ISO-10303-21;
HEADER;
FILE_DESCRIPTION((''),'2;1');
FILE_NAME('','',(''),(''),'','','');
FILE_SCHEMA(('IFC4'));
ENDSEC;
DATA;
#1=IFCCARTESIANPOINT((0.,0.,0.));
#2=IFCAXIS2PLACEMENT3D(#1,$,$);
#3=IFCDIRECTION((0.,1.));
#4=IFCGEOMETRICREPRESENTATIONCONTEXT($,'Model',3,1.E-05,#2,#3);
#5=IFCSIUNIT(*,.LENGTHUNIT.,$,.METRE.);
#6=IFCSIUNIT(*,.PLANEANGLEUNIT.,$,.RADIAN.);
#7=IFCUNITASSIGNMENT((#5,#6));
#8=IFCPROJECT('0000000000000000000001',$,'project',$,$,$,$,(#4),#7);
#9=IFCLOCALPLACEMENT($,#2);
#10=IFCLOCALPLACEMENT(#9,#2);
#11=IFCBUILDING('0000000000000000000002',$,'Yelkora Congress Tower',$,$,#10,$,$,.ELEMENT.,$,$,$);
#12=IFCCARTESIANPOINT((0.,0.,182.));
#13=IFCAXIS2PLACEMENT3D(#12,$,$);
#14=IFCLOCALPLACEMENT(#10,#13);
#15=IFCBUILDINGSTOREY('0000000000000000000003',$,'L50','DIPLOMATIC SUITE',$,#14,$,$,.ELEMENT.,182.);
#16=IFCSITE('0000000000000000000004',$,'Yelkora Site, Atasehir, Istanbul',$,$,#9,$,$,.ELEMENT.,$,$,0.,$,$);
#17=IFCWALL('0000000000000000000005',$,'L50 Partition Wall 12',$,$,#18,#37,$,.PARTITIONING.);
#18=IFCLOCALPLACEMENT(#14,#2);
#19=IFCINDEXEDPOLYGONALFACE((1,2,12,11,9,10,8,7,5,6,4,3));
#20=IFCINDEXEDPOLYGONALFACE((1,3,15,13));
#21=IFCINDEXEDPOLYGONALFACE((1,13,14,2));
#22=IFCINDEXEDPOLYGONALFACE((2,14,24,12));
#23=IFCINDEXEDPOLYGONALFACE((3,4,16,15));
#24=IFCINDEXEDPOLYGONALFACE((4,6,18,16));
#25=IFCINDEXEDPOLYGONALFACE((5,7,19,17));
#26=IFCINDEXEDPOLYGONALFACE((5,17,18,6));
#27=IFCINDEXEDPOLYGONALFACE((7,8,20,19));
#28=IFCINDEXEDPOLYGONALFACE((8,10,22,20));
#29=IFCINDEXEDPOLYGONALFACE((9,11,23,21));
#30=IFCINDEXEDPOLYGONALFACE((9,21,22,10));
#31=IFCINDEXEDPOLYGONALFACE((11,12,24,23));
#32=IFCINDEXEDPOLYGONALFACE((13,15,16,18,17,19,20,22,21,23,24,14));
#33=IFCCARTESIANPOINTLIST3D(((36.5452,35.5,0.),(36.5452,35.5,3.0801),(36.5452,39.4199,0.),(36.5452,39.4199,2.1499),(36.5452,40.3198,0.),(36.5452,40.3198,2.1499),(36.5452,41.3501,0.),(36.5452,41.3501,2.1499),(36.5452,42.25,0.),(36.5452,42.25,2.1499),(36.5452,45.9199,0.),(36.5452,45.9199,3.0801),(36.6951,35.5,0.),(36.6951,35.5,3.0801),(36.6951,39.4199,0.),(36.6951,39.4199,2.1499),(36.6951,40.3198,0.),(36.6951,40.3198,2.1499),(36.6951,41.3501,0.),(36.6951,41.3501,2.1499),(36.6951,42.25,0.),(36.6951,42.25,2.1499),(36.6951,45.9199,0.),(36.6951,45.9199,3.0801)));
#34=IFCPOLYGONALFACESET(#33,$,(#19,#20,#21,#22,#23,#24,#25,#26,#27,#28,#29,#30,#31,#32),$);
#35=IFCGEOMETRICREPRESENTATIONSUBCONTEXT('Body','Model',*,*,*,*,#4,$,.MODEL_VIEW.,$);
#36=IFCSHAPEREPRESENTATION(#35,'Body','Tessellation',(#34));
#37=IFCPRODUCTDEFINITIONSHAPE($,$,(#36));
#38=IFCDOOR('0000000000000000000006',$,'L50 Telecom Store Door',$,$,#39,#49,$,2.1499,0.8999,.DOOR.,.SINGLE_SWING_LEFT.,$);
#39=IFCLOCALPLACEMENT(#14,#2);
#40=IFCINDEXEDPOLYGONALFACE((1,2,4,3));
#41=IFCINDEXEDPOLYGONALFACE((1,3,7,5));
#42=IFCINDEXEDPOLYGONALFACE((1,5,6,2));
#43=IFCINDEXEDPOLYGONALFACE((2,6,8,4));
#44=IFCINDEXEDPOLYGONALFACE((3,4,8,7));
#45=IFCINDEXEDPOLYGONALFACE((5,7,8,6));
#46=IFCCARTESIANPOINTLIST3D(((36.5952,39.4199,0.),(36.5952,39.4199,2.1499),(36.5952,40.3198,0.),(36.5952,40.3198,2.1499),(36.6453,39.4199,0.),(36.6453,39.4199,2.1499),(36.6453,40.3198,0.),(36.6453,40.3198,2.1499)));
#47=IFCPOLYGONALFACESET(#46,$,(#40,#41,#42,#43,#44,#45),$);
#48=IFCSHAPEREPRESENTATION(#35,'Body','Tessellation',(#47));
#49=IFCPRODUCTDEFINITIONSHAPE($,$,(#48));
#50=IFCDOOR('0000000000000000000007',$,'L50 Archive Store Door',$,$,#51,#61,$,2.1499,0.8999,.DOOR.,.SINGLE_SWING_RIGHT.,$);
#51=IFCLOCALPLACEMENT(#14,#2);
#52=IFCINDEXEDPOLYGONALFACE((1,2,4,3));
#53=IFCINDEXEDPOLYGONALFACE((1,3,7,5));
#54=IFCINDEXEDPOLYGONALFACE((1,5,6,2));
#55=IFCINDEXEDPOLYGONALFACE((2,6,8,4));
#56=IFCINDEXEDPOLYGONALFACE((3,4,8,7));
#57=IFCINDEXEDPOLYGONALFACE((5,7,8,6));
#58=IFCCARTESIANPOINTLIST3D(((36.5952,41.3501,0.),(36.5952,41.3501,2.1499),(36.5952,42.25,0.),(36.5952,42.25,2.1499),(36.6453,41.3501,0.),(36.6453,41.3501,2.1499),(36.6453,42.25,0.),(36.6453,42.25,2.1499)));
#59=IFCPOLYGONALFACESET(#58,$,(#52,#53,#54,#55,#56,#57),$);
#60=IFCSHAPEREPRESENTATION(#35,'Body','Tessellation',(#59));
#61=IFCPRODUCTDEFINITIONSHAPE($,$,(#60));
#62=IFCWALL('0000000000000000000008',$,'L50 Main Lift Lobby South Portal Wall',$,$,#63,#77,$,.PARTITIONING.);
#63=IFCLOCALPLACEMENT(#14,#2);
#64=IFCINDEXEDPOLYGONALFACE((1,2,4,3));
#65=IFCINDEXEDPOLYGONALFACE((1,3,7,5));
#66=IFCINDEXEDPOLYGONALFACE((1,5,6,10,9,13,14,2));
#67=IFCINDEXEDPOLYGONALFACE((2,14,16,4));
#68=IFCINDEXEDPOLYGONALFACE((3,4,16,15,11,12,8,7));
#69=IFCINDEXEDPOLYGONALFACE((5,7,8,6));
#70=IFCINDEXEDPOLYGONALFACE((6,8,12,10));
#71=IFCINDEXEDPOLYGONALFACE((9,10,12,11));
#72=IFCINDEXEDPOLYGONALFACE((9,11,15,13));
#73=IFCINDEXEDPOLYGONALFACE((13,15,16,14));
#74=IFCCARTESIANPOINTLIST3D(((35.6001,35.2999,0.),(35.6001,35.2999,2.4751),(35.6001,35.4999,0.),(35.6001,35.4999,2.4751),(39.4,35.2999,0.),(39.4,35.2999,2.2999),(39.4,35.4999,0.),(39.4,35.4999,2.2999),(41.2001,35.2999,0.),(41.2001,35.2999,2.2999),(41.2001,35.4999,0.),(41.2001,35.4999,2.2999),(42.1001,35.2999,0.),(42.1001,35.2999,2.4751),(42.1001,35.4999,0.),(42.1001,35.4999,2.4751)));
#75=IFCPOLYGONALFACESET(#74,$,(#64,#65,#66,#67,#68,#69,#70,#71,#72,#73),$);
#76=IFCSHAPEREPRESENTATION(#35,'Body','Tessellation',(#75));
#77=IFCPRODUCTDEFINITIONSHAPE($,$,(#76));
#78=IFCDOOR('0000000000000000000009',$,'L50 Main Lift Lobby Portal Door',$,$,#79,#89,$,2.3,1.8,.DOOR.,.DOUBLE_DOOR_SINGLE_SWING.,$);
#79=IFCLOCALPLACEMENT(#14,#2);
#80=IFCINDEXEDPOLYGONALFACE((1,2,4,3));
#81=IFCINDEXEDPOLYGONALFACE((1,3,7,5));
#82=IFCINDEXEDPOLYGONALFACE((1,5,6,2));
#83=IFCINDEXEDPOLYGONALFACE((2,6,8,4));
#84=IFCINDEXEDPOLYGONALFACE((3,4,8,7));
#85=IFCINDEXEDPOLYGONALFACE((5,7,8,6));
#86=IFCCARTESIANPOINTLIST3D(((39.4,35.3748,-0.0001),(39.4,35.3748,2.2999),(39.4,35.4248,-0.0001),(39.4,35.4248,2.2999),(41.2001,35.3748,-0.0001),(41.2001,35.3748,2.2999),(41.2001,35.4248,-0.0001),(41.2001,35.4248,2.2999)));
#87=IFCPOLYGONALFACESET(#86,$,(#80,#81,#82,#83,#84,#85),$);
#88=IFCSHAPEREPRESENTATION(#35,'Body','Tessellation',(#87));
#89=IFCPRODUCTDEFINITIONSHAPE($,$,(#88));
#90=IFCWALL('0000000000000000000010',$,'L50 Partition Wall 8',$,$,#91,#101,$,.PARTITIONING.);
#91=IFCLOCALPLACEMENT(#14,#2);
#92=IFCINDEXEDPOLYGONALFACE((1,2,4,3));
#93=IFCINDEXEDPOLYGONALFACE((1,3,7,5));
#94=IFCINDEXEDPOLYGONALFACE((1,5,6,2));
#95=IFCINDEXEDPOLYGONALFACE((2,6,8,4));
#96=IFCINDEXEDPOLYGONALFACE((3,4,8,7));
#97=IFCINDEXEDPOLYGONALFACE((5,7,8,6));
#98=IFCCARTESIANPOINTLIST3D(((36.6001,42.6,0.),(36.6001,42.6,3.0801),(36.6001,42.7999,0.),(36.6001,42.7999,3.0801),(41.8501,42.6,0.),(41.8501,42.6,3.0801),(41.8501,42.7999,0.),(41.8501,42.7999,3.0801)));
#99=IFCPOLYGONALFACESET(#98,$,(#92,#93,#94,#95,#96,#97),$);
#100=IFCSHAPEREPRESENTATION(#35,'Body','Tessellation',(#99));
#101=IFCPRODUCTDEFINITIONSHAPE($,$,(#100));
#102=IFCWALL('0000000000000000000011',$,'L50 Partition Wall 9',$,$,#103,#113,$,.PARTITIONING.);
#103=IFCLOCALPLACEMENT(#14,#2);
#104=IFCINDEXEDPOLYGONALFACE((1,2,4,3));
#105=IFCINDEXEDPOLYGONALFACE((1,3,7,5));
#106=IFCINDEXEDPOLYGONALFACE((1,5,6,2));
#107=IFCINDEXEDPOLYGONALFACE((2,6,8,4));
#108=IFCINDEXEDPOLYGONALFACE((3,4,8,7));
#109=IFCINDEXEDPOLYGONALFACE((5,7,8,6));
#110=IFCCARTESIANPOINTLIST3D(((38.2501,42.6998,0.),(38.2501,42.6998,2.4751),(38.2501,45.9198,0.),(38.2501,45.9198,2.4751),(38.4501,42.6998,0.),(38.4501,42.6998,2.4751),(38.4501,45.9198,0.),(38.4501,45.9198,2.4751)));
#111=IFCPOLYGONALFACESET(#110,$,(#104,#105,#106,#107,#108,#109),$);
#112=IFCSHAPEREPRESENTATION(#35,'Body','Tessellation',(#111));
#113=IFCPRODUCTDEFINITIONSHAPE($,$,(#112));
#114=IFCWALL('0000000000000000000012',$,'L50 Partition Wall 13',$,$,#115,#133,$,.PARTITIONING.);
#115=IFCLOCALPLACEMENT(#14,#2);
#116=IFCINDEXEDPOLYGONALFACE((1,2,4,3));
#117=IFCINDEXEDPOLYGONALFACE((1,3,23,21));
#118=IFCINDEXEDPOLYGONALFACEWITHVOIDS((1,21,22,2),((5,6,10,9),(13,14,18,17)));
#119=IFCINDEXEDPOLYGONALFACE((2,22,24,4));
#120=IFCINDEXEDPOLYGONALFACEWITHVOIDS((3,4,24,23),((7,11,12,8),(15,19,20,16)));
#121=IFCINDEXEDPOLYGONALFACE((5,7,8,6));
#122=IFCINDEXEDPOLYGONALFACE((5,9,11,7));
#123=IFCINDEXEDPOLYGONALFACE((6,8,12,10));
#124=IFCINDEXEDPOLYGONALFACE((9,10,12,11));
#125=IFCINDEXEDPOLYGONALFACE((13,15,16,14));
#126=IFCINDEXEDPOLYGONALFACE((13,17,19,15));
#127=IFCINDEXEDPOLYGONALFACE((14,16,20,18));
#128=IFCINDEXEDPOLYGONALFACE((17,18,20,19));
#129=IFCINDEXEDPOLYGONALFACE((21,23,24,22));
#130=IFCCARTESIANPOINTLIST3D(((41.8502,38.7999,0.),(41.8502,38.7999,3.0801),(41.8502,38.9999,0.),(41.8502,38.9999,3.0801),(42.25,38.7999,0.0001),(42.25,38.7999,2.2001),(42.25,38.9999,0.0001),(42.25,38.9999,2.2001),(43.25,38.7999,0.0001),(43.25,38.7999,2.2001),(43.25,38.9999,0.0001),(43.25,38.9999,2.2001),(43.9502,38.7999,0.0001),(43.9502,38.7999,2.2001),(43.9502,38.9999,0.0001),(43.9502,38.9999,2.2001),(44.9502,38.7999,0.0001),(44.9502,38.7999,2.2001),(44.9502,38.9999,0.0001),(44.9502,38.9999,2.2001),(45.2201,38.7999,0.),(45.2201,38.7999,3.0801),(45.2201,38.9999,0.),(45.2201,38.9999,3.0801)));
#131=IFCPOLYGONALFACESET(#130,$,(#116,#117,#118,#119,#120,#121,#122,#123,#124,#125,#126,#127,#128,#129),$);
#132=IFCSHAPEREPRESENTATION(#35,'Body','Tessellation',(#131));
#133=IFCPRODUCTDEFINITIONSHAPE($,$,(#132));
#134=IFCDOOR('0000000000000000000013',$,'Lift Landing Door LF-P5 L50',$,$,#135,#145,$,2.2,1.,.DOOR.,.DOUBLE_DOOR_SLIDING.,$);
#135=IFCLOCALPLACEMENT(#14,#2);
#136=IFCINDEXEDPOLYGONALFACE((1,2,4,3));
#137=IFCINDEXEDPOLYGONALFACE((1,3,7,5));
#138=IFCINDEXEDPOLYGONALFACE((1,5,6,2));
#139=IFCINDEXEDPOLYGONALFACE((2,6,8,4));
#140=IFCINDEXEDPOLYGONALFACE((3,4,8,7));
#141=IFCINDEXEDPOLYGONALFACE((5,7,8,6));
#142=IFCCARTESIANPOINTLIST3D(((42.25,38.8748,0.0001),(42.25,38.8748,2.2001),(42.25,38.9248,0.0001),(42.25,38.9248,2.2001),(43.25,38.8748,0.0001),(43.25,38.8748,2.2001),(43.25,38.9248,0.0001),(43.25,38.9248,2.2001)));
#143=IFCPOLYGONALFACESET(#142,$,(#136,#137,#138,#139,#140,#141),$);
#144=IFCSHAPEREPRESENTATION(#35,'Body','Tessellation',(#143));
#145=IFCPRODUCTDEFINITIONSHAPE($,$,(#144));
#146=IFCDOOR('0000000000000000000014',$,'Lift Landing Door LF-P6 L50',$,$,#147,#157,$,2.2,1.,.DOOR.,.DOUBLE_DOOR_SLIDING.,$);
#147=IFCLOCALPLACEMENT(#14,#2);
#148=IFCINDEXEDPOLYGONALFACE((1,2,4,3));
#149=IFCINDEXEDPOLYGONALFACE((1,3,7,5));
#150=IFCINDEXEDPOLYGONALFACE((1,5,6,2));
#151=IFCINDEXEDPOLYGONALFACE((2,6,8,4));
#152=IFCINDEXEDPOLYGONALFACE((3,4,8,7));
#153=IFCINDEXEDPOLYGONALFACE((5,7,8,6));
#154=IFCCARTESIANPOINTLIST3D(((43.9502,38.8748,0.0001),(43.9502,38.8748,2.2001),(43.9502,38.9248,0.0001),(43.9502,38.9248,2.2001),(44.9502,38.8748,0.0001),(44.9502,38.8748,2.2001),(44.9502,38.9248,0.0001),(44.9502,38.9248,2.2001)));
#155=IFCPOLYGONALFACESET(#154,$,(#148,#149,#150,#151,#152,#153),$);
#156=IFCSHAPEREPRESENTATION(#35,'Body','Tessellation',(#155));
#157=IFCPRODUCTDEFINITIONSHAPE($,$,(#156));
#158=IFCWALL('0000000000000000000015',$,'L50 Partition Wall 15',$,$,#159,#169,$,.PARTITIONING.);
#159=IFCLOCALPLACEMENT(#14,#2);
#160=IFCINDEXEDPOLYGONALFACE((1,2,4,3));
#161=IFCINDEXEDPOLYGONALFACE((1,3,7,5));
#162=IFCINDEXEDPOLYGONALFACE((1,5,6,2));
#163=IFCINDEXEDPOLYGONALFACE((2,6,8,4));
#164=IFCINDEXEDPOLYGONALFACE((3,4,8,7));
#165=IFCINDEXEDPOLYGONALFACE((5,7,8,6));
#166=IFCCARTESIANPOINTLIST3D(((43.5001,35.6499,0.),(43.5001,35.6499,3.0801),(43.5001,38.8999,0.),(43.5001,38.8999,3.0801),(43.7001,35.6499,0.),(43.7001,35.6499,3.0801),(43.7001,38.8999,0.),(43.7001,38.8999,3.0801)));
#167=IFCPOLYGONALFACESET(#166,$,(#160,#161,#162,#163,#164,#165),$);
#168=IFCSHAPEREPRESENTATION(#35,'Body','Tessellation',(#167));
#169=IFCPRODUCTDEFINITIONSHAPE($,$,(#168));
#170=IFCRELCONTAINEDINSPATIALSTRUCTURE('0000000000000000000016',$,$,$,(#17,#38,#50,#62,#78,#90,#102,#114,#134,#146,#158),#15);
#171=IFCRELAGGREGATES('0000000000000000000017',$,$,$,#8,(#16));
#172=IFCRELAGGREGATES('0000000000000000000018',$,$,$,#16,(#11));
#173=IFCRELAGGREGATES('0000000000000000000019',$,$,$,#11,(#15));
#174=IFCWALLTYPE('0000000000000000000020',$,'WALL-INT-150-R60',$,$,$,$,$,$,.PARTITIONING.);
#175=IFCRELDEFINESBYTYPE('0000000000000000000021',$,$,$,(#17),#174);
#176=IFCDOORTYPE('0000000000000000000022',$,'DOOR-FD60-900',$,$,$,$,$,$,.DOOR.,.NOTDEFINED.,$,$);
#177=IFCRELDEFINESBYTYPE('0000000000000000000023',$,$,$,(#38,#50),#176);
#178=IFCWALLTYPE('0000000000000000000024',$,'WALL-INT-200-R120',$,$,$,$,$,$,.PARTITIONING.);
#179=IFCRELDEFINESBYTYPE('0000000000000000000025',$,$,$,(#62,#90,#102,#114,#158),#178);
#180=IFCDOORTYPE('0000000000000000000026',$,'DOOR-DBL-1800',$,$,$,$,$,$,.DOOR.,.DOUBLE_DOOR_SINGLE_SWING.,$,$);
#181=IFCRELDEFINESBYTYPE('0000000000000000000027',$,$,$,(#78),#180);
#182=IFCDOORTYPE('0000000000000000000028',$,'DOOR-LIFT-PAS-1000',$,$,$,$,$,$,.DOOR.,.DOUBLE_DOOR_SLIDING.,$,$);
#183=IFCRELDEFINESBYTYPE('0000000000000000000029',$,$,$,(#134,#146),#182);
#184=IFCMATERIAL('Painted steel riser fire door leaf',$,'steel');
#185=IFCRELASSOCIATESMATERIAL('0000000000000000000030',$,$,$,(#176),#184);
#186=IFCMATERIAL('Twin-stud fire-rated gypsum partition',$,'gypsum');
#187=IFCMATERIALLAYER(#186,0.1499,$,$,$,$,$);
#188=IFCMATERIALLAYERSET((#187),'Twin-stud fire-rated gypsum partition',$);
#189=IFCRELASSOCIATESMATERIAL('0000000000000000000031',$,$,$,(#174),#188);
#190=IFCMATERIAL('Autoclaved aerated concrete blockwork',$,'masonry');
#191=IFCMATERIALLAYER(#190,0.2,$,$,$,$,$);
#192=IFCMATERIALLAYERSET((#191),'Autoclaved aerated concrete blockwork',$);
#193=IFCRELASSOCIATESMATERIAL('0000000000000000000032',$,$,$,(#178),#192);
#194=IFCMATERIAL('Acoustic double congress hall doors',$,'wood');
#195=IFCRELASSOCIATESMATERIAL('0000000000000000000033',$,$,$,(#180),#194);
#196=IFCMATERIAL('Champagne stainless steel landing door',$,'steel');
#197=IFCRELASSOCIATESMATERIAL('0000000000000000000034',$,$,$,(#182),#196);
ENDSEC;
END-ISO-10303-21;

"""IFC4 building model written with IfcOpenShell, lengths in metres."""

from ifc_helpers import new_model, si_unit, direction, frame, frame_2d, origin, place, context, subcontext, project, spatial, rectangle, extrude, material, layer, layer_set, type_object, element, fill, save


model = new_model("IFC4")

# Units and contexts
model_context = context("Model", 3, precision=1e-05, world=origin(), true_north=direction((0.0, 1.0)))
body_context = subcontext(model_context, "Body", "Model", "MODEL_VIEW")
ifc_project = project(units=[si_unit("LENGTHUNIT", "METRE"), si_unit("PLANEANGLEUNIT", "RADIAN")], contexts=[model_context])

# Site, building, storey
site_placement = place(None, origin())
site = spatial("IfcSite", under=ifc_project, at=site_placement, Name="Yelkora Site, Atasehir, Istanbul", CompositionType="ELEMENT", RefElevation=0.0)
building_placement = place(site_placement, origin())
building = spatial("IfcBuilding", under=site, at=building_placement, Name="Yelkora Congress Tower", CompositionType="ELEMENT")
storey_placement = place(building_placement, frame((0.0, 0.0, 182.0)))
storey = spatial("IfcBuildingStorey", under=building, at=storey_placement, Name="L50", Description="DIPLOMATIC SUITE", CompositionType="ELEMENT", Elevation=182.0)

# Shared definitions
ifc_material_1 = material(Name="Painted steel riser fire door leaf", Category="steel")
door_type_1 = type_object("IfcDoorType", Name="DOOR-FD60-900", OperationType="NOTDEFINED", PredefinedType="DOOR", material=ifc_material_1)

# Shared definitions
ifc_material_2 = material(Name="Twin-stud fire-rated gypsum partition", Category="gypsum")
ifc_layer_1 = layer(ifc_material_2, 0.1499)
ifc_layer_set_1 = layer_set([ifc_layer_1], Name="Twin-stud fire-rated gypsum partition")
wall_type_1 = type_object("IfcWallType", Name="WALL-INT-150-R60", PredefinedType="PARTITIONING", material=ifc_layer_set_1)

# Wall, openings, doors
wall_1_placement = place(storey_placement, frame((36.6201, 35.5, 0.0), z_axis=(0.0, 0.0, 1.0), x_axis=(0.0, 1.0, 0.0)))
wall_1 = element("IfcWall", 1, at=wall_1_placement, inside=storey, type_object=wall_type_1, Name="L50 Partition Wall 12", PredefinedType="PARTITIONING", context=body_context, shape_type="SweptSolid", body=[
    extrude(rectangle(XDim=10.4199, YDim=0.1499, at=frame_2d((5.21, 0.0))), origin(), (0.0, 0.0, 1.0), 3.0801),
])
opening_1_placement = place(wall_1_placement, frame((3.9199, 0.0, 0.0)))
opening_1 = element("IfcOpeningElement", 2, at=opening_1_placement, cuts=wall_1, PredefinedType="OPENING", context=body_context, shape_type="SweptSolid", body=[
    extrude(rectangle(XDim=0.8999, YDim=2.1499, at=frame_2d((0.45, 1.075))), frame((0.0, 0.085, 0.0), z_axis=(0.0, -1.0, 0.0), x_axis=(1.0, 0.0, 0.0)), (0.0, 0.0, 1.0), 0.1699),
])
opening_2_placement = place(wall_1_placement, frame((5.8501, 0.0, 0.0)))
opening_2 = element("IfcOpeningElement", 3, at=opening_2_placement, cuts=wall_1, PredefinedType="OPENING", context=body_context, shape_type="SweptSolid", body=[
    extrude(rectangle(XDim=0.8999, YDim=2.1499, at=frame_2d((0.45, 1.075))), frame((0.0, 0.085, 0.0), z_axis=(0.0, -1.0, 0.0), x_axis=(1.0, 0.0, 0.0)), (0.0, 0.0, 1.0), 0.1699),
])
door_1_placement = place(opening_1_placement, origin())
door_1 = element("IfcDoor", 4, at=door_1_placement, inside=storey, type_object=door_type_1, Name="L50 Telecom Store Door", OperationType="SINGLE_SWING_LEFT", OverallHeight=2.1499, OverallWidth=0.8999, PredefinedType="DOOR", context=body_context, shape_type="SweptSolid", body=[
    extrude(rectangle(XDim=0.8999, YDim=2.1499, at=frame_2d((0.45, 1.075))), frame((0.0, 0.0249, 0.0), z_axis=(0.0, -1.0, 0.0), x_axis=(1.0, 0.0, 0.0)), (0.0, 0.0, 1.0), 0.05),
])
fill(opening_1, door_1)
door_2_placement = place(opening_2_placement, origin())
door_2 = element("IfcDoor", 5, at=door_2_placement, inside=storey, type_object=door_type_1, Name="L50 Archive Store Door", OperationType="SINGLE_SWING_RIGHT", OverallHeight=2.1499, OverallWidth=0.8999, PredefinedType="DOOR", context=body_context, shape_type="SweptSolid", body=[
    extrude(rectangle(XDim=0.8999, YDim=2.1499, at=frame_2d((0.45, 1.075))), frame((0.0, 0.0249, 0.0), z_axis=(0.0, -1.0, 0.0), x_axis=(1.0, 0.0, 0.0)), (0.0, 0.0, 1.0), 0.05),
])
fill(opening_2, door_2)

# Wall, opening, door
ifc_material_3 = material(Name="Autoclaved aerated concrete blockwork", Category="masonry")
ifc_layer_2 = layer(ifc_material_3, 0.2)
ifc_layer_set_2 = layer_set([ifc_layer_2], Name="Autoclaved aerated concrete blockwork")
wall_type_2 = type_object("IfcWallType", Name="WALL-INT-200-R120", PredefinedType="PARTITIONING", material=ifc_layer_set_2)
wall_2_placement = place(storey_placement, frame((35.6001, 35.3999, 0.0), z_axis=(0.0, 0.0, 1.0), x_axis=(1.0, 0.0, 0.0)))
wall_2 = element("IfcWall", 6, at=wall_2_placement, inside=storey, type_object=wall_type_2, Name="L50 Main Lift Lobby South Portal Wall", PredefinedType="PARTITIONING", context=body_context, shape_type="SweptSolid", body=[
    extrude(rectangle(XDim=6.5, YDim=0.2, at=frame_2d((3.25, 0.0))), origin(), (0.0, 0.0, 1.0), 2.4751),
])
opening_3_placement = place(wall_2_placement, frame((3.8, 0.0, 0.0)))
opening_3 = element("IfcOpeningElement", 7, at=opening_3_placement, cuts=wall_2, PredefinedType="OPENING", context=body_context, shape_type="SweptSolid", body=[
    extrude(rectangle(XDim=1.8, YDim=2.3, at=frame_2d((0.8999, 1.1499))), frame((0.0, 0.1099, 0.0), z_axis=(0.0, -1.0, 0.0), x_axis=(1.0, 0.0, 0.0)), (0.0, 0.0, 1.0), 0.22),
])
ifc_material_4 = material(Name="Acoustic double congress hall doors", Category="wood")
door_type_2 = type_object("IfcDoorType", Name="DOOR-DBL-1800", OperationType="DOUBLE_DOOR_SINGLE_SWING", PredefinedType="DOOR", material=ifc_material_4)
door_3_placement = place(opening_3_placement, origin())
door_3 = element("IfcDoor", 8, at=door_3_placement, inside=storey, type_object=door_type_2, Name="L50 Main Lift Lobby Portal Door", OperationType="DOUBLE_DOOR_SINGLE_SWING", OverallHeight=2.3, OverallWidth=1.8, PredefinedType="DOOR", context=body_context, shape_type="SweptSolid", body=[
    extrude(rectangle(XDim=1.8, YDim=2.3, at=frame_2d((0.8999, 1.1499))), frame((0.0, 0.0249, 0.0), z_axis=(0.0, -1.0, 0.0), x_axis=(1.0, 0.0, 0.0)), (0.0, 0.0, 1.0), 0.05),
])
fill(opening_3, door_3)

# Walls
wall_3_placement = place(storey_placement, frame((36.6001, 42.7, 0.0), z_axis=(0.0, 0.0, 1.0), x_axis=(1.0, 0.0, 0.0)))
element("IfcWall", 9, at=wall_3_placement, inside=storey, type_object=wall_type_2, Name="L50 Partition Wall 8", PredefinedType="PARTITIONING", context=body_context, shape_type="SweptSolid", body=[
    extrude(rectangle(XDim=5.25, YDim=0.2, at=frame_2d((2.625, 0.0))), origin(), (0.0, 0.0, 1.0), 3.0801),
])
wall_4_placement = place(storey_placement, frame((38.3501, 42.7, 0.0), z_axis=(0.0, 0.0, 1.0), x_axis=(0.0, 1.0, 0.0)))
element("IfcWall", 10, at=wall_4_placement, inside=storey, type_object=wall_type_2, Name="L50 Partition Wall 9", PredefinedType="PARTITIONING", context=body_context, shape_type="SweptSolid", body=[
    extrude(rectangle(XDim=3.22, YDim=0.2, at=frame_2d((1.6099, 0.0))), origin(), (0.0, 0.0, 1.0), 2.4751),
])

# Wall, openings, doors
wall_5_placement = place(storey_placement, frame((41.8501, 38.8999, 0.0), z_axis=(0.0, 0.0, 1.0), x_axis=(1.0, 0.0, 0.0)))
wall_5 = element("IfcWall", 11, at=wall_5_placement, inside=storey, type_object=wall_type_2, Name="L50 Partition Wall 13", PredefinedType="PARTITIONING", context=body_context, shape_type="SweptSolid", body=[
    extrude(rectangle(XDim=3.3699, YDim=0.2, at=frame_2d((1.6851, 0.0))), origin(), (0.0, 0.0, 1.0), 3.0801),
])
opening_4_placement = place(wall_5_placement, frame((0.3999, 0.0, 0.0)))
opening_4 = element("IfcOpeningElement", 12, at=opening_4_placement, cuts=wall_5, PredefinedType="OPENING", context=body_context, shape_type="SweptSolid", body=[
    extrude(rectangle(XDim=1.0, YDim=2.2, at=frame_2d((0.5, 1.1001))), frame((0.0, 0.1099, 0.0), z_axis=(0.0, -1.0, 0.0), x_axis=(1.0, 0.0, 0.0)), (0.0, 0.0, 1.0), 0.22),
])
opening_5_placement = place(wall_5_placement, frame((2.1001, 0.0, 0.0)))
opening_5 = element("IfcOpeningElement", 13, at=opening_5_placement, cuts=wall_5, PredefinedType="OPENING", context=body_context, shape_type="SweptSolid", body=[
    extrude(rectangle(XDim=1.0, YDim=2.2, at=frame_2d((0.5, 1.1001))), frame((0.0, 0.1099, 0.0), z_axis=(0.0, -1.0, 0.0), x_axis=(1.0, 0.0, 0.0)), (0.0, 0.0, 1.0), 0.22),
])
ifc_material_5 = material(Name="Champagne stainless steel landing door", Category="steel")
door_type_3 = type_object("IfcDoorType", Name="DOOR-LIFT-PAS-1000", OperationType="DOUBLE_DOOR_SLIDING", PredefinedType="DOOR", material=ifc_material_5)
door_4_placement = place(opening_4_placement, origin())
door_4 = element("IfcDoor", 14, at=door_4_placement, inside=storey, type_object=door_type_3, Name="Lift Landing Door LF-P5 L50", OperationType="DOUBLE_DOOR_SLIDING", OverallHeight=2.2, OverallWidth=1.0, PredefinedType="DOOR", context=body_context, shape_type="SweptSolid", body=[
    extrude(rectangle(XDim=1.0, YDim=2.2, at=frame_2d((0.5, 1.1001))), frame((0.0, 0.0249, 0.0), z_axis=(0.0, -1.0, 0.0), x_axis=(1.0, 0.0, 0.0)), (0.0, 0.0, 1.0), 0.05),
])
fill(opening_4, door_4)
door_5_placement = place(opening_5_placement, origin())
door_5 = element("IfcDoor", 15, at=door_5_placement, inside=storey, type_object=door_type_3, Name="Lift Landing Door LF-P6 L50", OperationType="DOUBLE_DOOR_SLIDING", OverallHeight=2.2, OverallWidth=1.0, PredefinedType="DOOR", context=body_context, shape_type="SweptSolid", body=[
    extrude(rectangle(XDim=1.0, YDim=2.2, at=frame_2d((0.5, 1.1001))), frame((0.0, 0.0249, 0.0), z_axis=(0.0, -1.0, 0.0), x_axis=(1.0, 0.0, 0.0)), (0.0, 0.0, 1.0), 0.05),
])
fill(opening_5, door_5)

# Wall
wall_6_placement = place(storey_placement, frame((43.6001, 35.6499, 0.0), z_axis=(0.0, 0.0, 1.0), x_axis=(0.0, 1.0, 0.0)))
element("IfcWall", 16, at=wall_6_placement, inside=storey, type_object=wall_type_2, Name="L50 Partition Wall 15", PredefinedType="PARTITIONING", context=body_context, shape_type="SweptSolid", body=[
    extrude(rectangle(XDim=3.25, YDim=0.2, at=frame_2d((1.625, 0.0))), origin(), (0.0, 0.0, 1.0), 3.0801),
])

save(model, "model.ifc")
